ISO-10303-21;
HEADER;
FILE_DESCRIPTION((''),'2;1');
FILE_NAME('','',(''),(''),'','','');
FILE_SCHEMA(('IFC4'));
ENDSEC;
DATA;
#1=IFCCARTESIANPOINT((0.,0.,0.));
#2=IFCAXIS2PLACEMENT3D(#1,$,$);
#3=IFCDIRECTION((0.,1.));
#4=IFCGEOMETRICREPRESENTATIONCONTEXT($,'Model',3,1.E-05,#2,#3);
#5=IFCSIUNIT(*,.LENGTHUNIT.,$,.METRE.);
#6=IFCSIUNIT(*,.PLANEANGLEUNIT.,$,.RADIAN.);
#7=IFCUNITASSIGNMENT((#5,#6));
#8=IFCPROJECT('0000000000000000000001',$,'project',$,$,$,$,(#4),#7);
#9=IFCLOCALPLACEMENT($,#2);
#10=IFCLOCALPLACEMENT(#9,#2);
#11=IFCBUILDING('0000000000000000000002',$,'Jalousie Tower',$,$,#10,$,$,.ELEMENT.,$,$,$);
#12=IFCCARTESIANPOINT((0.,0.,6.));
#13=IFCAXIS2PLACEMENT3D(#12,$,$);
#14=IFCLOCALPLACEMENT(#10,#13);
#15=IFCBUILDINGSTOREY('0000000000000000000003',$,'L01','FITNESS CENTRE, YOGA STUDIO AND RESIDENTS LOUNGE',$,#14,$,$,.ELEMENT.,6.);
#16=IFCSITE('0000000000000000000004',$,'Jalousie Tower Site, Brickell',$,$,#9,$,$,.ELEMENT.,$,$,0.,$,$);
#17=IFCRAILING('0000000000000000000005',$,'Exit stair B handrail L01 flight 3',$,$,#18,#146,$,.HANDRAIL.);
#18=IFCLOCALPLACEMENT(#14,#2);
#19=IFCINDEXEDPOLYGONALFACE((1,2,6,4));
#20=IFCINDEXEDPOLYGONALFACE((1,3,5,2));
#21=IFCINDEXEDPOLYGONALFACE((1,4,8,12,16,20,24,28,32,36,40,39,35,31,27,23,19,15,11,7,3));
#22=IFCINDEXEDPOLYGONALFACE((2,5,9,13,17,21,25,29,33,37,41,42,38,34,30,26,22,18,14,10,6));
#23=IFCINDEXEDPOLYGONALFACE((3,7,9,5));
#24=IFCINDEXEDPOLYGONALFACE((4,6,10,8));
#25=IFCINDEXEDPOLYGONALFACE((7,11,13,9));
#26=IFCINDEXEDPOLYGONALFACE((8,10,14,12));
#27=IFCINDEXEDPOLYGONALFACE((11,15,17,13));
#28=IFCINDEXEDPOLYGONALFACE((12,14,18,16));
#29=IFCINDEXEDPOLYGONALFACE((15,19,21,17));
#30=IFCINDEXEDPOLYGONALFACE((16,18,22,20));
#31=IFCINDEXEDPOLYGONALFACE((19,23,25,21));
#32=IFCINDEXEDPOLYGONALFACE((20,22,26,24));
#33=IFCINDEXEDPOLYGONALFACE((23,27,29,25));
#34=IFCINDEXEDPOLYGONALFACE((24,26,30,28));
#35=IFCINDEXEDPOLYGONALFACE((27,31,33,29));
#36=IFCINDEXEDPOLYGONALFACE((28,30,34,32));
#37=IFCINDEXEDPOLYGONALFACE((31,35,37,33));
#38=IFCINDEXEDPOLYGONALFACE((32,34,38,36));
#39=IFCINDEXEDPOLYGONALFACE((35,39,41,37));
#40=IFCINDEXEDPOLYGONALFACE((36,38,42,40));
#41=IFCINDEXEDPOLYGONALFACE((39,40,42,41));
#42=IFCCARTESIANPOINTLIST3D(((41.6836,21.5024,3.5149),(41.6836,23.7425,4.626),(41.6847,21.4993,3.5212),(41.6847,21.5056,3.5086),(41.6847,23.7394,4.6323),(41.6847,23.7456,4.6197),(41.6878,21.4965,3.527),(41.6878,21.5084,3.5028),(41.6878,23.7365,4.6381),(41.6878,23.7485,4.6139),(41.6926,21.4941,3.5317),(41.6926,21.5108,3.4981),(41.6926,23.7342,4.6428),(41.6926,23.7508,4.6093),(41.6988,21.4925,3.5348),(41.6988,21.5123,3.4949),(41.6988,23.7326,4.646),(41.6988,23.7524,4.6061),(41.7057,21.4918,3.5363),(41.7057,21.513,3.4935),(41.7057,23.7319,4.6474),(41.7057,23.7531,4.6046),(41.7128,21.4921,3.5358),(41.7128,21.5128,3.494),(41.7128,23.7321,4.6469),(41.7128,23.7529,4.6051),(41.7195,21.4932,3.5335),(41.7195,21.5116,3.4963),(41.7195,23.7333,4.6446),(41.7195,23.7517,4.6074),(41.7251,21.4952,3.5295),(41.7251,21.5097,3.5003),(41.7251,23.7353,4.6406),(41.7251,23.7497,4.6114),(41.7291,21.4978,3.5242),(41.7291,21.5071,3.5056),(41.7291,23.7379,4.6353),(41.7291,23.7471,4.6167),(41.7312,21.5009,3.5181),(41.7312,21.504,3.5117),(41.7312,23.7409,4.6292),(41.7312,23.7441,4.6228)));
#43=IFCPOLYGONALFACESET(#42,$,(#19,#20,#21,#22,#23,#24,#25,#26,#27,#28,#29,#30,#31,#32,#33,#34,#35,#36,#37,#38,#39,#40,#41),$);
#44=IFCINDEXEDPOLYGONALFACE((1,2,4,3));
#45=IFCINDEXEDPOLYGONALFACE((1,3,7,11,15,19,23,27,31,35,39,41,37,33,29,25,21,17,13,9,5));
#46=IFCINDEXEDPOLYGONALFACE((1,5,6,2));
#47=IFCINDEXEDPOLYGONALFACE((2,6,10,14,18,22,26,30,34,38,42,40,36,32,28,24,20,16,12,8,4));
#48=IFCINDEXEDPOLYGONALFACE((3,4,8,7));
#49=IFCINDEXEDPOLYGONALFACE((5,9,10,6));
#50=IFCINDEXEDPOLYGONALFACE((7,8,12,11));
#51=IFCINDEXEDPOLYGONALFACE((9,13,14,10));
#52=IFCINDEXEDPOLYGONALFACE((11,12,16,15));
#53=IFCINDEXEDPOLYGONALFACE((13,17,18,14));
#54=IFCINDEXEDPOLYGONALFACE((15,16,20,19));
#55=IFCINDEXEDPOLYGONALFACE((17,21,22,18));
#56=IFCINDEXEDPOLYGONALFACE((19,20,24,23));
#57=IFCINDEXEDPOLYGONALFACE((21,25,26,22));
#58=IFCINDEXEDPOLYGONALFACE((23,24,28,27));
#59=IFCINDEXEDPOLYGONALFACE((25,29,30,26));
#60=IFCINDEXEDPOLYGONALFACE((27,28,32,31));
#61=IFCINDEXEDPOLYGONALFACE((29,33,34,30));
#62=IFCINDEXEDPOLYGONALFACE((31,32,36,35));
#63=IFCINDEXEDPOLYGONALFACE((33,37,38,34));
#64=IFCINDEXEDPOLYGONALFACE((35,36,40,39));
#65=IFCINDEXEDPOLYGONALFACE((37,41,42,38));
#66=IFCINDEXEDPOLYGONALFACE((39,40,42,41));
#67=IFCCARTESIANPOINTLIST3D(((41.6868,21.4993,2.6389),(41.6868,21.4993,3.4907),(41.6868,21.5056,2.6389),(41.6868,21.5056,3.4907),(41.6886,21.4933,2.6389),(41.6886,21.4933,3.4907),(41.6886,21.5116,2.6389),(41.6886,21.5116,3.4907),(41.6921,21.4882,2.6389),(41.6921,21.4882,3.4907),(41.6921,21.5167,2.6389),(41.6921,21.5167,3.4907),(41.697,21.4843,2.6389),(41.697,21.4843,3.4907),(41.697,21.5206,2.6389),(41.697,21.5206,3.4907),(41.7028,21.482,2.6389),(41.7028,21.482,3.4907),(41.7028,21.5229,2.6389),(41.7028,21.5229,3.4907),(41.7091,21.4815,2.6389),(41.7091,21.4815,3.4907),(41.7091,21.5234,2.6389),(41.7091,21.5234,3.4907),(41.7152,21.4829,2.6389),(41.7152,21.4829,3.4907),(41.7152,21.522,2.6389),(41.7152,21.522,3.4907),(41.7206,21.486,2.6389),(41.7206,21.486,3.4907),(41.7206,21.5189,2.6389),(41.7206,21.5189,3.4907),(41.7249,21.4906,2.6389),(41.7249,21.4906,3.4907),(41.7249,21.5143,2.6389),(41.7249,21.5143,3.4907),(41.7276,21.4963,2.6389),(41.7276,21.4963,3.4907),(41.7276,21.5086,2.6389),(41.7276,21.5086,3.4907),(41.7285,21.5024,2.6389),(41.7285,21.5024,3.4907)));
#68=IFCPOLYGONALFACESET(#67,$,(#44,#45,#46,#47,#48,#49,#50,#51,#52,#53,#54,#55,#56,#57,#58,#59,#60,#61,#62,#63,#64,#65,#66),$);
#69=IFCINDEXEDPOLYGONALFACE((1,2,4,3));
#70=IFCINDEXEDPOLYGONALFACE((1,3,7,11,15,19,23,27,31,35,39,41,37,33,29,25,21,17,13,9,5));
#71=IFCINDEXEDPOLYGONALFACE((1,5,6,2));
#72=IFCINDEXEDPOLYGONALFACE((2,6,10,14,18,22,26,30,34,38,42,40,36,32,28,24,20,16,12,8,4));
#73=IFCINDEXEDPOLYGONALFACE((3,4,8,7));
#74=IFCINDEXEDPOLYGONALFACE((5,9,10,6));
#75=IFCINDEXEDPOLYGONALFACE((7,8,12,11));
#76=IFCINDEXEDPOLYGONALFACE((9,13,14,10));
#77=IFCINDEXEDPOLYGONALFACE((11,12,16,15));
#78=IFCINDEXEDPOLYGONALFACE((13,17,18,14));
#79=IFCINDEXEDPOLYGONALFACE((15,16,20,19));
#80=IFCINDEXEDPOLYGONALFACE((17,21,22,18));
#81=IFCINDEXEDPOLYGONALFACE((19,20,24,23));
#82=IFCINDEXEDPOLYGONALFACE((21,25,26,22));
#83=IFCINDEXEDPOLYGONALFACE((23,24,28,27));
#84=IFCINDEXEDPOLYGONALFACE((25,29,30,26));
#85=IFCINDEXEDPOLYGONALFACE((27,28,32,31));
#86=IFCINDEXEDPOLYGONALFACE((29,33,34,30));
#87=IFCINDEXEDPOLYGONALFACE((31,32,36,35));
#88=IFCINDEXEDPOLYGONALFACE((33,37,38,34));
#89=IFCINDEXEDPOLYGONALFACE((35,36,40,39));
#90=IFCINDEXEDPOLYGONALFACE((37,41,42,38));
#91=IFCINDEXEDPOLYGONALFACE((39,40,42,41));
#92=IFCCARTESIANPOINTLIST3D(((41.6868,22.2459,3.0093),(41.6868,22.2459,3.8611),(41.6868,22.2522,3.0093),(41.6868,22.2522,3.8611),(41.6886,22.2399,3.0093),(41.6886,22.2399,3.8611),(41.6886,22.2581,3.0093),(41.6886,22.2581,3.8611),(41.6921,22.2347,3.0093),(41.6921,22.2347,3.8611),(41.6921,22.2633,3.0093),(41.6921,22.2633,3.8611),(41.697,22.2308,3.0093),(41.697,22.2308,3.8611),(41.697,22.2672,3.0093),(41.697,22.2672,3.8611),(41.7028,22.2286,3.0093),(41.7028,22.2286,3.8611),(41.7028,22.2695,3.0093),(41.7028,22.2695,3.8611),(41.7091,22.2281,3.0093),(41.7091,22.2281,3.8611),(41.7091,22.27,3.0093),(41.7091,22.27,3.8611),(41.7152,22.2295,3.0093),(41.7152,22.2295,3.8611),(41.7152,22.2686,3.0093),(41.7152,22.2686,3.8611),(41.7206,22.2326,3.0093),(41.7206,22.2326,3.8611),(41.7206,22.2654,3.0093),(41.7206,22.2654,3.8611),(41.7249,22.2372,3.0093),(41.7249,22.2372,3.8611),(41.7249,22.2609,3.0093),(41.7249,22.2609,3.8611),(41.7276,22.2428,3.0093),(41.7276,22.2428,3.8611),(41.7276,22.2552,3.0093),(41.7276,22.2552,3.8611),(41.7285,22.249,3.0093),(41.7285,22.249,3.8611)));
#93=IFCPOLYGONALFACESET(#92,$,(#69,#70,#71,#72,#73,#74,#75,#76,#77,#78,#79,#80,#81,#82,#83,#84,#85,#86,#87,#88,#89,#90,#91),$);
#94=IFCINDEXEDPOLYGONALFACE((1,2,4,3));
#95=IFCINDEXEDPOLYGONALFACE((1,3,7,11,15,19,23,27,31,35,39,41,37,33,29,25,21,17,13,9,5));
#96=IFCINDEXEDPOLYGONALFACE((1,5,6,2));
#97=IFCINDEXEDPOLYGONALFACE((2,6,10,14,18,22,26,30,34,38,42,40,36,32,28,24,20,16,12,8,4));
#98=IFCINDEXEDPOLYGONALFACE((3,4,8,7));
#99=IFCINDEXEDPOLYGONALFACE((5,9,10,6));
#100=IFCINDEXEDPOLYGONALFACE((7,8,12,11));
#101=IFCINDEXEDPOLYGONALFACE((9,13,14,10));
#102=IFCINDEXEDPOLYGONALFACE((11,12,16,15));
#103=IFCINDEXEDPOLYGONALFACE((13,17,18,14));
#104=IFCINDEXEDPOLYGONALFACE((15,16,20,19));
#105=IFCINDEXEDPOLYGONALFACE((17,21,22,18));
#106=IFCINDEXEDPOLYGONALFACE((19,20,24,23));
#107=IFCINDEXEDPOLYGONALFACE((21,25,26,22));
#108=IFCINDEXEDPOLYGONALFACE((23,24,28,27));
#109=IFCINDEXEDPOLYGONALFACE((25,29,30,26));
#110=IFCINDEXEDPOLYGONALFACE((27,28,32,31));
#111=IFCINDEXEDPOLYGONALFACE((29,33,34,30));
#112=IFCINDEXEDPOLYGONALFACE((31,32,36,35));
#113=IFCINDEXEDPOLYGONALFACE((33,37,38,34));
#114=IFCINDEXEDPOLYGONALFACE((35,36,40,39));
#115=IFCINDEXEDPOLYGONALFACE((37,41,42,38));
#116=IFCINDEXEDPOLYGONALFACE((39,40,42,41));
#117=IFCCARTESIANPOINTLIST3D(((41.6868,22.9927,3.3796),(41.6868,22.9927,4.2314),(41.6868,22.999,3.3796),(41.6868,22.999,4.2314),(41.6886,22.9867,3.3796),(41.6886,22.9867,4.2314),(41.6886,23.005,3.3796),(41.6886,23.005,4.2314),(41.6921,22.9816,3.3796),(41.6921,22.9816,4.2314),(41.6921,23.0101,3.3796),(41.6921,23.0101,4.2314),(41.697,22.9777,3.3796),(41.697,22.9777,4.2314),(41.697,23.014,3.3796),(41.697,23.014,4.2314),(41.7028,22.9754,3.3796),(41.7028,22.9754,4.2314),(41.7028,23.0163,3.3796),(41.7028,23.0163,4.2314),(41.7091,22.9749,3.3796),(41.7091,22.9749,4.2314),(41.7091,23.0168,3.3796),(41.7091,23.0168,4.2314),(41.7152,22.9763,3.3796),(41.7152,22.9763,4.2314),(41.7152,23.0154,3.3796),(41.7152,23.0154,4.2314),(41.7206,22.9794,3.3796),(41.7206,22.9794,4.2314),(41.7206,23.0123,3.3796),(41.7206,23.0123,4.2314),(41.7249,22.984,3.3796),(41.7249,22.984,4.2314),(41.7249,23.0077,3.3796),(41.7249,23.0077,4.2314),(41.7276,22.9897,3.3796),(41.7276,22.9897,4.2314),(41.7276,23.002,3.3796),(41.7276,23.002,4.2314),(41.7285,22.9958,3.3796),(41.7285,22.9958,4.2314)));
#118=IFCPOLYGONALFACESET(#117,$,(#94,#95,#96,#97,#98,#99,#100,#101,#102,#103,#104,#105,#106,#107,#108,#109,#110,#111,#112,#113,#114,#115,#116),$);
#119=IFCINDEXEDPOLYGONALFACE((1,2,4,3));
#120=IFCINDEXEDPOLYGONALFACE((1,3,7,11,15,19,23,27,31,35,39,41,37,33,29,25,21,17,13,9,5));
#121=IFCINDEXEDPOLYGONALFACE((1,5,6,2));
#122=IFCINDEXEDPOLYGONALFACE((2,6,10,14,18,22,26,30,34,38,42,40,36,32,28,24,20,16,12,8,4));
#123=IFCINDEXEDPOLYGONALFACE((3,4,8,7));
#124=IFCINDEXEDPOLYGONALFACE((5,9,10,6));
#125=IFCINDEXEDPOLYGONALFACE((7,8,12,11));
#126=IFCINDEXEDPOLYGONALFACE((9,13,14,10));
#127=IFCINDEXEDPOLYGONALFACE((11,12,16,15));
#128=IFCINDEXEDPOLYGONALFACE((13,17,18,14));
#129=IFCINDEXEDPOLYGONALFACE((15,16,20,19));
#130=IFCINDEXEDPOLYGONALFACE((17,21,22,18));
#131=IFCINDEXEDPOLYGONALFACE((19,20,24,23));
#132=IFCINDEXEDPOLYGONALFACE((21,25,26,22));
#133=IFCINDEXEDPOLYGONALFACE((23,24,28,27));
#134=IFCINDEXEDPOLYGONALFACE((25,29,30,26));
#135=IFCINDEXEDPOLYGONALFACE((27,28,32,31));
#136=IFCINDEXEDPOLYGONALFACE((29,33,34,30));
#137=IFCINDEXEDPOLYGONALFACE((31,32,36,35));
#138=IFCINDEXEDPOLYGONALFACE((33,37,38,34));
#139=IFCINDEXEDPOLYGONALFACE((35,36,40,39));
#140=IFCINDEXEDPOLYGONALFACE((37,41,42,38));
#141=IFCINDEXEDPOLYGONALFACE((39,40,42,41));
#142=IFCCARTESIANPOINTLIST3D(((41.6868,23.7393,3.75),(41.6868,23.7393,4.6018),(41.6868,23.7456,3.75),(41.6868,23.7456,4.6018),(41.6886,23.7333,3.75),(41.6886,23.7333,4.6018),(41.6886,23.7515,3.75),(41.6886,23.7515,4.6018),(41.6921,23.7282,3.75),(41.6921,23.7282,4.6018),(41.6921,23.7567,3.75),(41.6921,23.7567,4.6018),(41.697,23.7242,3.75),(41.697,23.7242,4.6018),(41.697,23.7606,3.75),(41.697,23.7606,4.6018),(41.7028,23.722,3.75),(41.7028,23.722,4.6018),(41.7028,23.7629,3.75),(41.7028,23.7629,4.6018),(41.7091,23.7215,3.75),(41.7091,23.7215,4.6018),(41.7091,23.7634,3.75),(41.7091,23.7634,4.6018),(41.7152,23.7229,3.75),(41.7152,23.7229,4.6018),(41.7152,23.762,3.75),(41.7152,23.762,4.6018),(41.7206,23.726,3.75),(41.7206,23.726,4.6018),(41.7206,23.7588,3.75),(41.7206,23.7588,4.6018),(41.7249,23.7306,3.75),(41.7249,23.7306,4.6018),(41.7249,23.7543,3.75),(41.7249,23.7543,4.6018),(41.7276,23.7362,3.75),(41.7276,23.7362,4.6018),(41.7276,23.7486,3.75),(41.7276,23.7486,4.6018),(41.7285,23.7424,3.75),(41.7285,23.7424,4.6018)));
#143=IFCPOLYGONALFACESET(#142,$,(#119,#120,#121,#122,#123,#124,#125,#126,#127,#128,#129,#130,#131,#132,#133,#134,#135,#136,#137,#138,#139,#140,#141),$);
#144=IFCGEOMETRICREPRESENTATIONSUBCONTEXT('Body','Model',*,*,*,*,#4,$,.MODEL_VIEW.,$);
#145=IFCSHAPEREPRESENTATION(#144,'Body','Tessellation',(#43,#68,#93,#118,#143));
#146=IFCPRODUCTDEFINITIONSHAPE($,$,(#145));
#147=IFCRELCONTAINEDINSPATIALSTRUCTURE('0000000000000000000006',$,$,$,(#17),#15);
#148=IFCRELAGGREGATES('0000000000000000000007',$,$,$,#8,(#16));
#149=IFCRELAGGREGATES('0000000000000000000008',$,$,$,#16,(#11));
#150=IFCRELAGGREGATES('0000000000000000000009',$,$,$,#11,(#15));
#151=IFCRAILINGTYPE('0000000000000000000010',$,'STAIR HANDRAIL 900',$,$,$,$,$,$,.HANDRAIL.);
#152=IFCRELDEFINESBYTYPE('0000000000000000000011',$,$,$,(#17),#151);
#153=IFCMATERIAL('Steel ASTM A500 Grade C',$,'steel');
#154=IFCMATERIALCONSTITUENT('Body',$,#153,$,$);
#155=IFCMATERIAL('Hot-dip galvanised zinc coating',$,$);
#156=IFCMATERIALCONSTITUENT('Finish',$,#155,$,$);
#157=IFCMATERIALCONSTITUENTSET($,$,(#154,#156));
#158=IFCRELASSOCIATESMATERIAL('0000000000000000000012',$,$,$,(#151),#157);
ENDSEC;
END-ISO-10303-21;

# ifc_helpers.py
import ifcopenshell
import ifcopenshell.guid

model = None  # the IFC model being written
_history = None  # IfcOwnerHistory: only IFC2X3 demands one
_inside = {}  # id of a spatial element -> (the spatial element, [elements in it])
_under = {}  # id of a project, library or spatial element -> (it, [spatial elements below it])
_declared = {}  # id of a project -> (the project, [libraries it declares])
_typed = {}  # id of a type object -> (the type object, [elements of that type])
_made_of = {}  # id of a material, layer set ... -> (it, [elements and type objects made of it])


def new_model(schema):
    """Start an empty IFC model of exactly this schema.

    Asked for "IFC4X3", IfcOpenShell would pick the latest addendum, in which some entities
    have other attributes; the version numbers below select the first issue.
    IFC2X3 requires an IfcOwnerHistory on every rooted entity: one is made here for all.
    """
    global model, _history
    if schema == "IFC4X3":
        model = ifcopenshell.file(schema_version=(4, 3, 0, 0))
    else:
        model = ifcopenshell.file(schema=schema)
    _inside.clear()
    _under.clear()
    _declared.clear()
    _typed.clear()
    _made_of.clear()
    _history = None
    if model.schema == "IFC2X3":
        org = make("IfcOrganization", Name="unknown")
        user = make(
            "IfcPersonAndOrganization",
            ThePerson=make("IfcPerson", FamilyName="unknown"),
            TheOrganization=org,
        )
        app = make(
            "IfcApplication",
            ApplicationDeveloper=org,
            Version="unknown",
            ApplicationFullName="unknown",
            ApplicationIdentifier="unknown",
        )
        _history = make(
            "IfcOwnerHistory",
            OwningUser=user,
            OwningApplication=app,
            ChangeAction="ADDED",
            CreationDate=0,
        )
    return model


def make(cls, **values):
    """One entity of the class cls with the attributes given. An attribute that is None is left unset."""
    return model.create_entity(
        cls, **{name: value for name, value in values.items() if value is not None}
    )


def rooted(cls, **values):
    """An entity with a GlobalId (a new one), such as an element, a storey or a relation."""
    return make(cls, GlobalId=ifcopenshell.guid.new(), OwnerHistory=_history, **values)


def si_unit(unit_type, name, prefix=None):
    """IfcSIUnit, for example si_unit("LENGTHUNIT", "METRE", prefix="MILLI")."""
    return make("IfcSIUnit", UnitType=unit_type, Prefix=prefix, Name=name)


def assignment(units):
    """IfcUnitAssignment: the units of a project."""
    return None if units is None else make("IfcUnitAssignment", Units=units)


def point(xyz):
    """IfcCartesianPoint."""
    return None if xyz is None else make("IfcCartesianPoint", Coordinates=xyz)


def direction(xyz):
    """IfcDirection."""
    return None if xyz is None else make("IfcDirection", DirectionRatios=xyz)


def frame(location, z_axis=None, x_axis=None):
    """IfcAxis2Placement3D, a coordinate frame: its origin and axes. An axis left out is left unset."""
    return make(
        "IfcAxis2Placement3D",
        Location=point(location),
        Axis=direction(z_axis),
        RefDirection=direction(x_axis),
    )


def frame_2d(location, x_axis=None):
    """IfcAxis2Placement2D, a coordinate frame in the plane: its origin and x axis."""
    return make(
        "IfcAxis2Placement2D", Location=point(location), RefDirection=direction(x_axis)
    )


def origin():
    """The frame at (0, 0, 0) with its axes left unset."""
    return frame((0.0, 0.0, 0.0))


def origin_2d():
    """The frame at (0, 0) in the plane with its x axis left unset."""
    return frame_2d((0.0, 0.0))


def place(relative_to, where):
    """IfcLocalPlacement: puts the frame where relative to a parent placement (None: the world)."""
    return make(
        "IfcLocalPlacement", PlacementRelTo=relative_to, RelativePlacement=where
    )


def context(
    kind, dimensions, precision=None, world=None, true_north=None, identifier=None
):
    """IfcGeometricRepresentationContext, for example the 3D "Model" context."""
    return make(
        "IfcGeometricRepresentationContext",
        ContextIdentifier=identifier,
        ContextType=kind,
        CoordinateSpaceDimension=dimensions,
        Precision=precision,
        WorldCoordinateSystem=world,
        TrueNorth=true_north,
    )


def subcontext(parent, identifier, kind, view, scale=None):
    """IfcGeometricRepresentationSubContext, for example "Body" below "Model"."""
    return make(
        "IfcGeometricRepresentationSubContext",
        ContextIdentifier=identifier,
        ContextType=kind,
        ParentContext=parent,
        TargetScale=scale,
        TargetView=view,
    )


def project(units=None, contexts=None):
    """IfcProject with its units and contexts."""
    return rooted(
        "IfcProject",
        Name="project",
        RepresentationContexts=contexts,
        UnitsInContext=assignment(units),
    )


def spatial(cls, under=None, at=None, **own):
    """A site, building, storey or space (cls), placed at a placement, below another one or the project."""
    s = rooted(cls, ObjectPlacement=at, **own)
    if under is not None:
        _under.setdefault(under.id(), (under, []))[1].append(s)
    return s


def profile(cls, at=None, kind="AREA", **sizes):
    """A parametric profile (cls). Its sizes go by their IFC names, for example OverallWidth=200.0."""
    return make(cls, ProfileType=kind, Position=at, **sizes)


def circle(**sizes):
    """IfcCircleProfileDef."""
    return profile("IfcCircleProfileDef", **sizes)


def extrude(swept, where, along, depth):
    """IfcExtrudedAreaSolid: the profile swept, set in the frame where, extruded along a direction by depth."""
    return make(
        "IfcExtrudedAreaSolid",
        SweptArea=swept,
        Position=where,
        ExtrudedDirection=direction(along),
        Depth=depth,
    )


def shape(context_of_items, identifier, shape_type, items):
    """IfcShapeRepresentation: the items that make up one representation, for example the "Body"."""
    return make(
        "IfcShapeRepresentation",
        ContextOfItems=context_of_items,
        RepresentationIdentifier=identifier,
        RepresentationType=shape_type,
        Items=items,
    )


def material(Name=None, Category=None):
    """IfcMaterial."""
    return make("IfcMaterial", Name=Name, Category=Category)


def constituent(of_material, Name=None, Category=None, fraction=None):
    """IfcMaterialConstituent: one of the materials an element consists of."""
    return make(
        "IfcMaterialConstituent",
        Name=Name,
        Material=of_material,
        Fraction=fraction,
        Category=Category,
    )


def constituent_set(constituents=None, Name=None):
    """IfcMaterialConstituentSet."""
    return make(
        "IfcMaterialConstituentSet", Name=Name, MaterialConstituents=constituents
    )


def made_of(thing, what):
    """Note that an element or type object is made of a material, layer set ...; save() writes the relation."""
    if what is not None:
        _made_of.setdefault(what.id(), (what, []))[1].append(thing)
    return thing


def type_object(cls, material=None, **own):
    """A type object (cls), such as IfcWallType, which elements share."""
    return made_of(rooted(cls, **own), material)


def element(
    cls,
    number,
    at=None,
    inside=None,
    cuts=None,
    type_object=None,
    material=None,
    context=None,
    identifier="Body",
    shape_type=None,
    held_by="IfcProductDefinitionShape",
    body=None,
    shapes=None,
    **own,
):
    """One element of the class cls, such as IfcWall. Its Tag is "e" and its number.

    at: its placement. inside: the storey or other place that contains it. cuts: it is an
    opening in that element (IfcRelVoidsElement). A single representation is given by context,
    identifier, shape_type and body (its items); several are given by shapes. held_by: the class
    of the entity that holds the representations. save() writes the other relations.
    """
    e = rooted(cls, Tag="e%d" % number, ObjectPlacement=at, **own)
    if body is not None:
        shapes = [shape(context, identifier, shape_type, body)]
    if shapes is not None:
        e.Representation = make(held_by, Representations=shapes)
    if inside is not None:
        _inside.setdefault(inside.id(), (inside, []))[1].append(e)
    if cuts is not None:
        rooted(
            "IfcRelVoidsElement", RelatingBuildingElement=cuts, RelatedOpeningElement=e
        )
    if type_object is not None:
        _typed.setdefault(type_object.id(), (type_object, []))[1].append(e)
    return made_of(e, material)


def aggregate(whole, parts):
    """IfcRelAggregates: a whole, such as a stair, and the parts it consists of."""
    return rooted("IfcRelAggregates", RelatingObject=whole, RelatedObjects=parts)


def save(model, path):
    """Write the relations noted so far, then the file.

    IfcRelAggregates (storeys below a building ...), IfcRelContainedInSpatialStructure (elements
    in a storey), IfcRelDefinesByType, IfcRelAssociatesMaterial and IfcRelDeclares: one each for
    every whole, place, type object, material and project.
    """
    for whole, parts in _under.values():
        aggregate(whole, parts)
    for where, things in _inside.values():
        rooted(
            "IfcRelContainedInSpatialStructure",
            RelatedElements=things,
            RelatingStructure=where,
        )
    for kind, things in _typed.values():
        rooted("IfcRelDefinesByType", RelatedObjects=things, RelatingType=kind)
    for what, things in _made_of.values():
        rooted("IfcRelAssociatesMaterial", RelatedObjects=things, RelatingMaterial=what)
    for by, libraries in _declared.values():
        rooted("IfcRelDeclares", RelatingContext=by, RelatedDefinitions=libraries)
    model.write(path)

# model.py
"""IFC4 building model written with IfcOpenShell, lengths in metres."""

from ifc_helpers import new_model, si_unit, direction, frame, origin, origin_2d, place, context, subcontext, project, spatial, circle, extrude, material, constituent, constituent_set, type_object, element, save


model = new_model("IFC4")

# Units and contexts
model_context = context("Model", 3, precision=1e-05, world=origin(), true_north=direction((0.0, 1.0)))
body_context = subcontext(model_context, "Body", "Model", "MODEL_VIEW")
ifc_project = project(units=[si_unit("LENGTHUNIT", "METRE"), si_unit("PLANEANGLEUNIT", "RADIAN")], contexts=[model_context])

# Site, building, storey
site_placement = place(None, origin())
site = spatial("IfcSite", under=ifc_project, at=site_placement, Name="Jalousie Tower Site, Brickell", CompositionType="ELEMENT", RefElevation=0.0)
building_placement = place(site_placement, origin())
building = spatial("IfcBuilding", under=site, at=building_placement, Name="Jalousie Tower", CompositionType="ELEMENT")
storey_placement = place(building_placement, frame((0.0, 0.0, 6.0)))
storey = spatial("IfcBuildingStorey", under=building, at=storey_placement, Name="L01", Description="FITNESS CENTRE, YOGA STUDIO AND RESIDENTS LOUNGE", CompositionType="ELEMENT", Elevation=6.0)

# Railing
ifc_material_1 = material(Name="Steel ASTM A500 Grade C", Category="steel")
ifc_constituent_1 = constituent(ifc_material_1, Name="Body")
ifc_material_2 = material(Name="Hot-dip galvanised zinc coating")
ifc_constituent_2 = constituent(ifc_material_2, Name="Finish")
ifc_constituent_set_1 = constituent_set(constituents=[ifc_constituent_1, ifc_constituent_2])
railing_type_1 = type_object("IfcRailingType", Name="STAIR HANDRAIL 900", PredefinedType="HANDRAIL", material=ifc_constituent_set_1)
for number, where, name in (
    (1, (41.7075, 21.5024, 2.6389), "Exit stair B handrail L01 flight 3"),
):
    element("IfcRailing", number, at=place(storey_placement, frame(where)), inside=storey, type_object=railing_type_1, Name=name, PredefinedType="HANDRAIL", context=body_context, shape_type="SweptSolid", body=[
        extrude(circle(Radius=0.0239, at=origin_2d()), frame((0.0, 0.0, 0.876), z_axis=(0.0, 0.895848, 0.44436), x_axis=(-1.0, 0.0, 0.0)), (0.0, 0.0, 1.0), 2.5005),
        extrude(circle(Radius=0.021, at=origin_2d()), origin(), (0.0, 0.0, 1.0), 0.8518),
        extrude(circle(Radius=0.021, at=origin_2d()), frame((0.0, 0.7466, 0.3704)), (0.0, 0.0, 1.0), 0.8518),
        extrude(circle(Radius=0.021, at=origin_2d()), frame((0.0, 1.4934, 0.7407)), (0.0, 0.0, 1.0), 0.8518),
        extrude(circle(Radius=0.021, at=origin_2d()), frame((0.0, 2.24, 1.1111)), (0.0, 0.0, 1.0), 0.8518),
    ])

save(model, "model.ifc")
